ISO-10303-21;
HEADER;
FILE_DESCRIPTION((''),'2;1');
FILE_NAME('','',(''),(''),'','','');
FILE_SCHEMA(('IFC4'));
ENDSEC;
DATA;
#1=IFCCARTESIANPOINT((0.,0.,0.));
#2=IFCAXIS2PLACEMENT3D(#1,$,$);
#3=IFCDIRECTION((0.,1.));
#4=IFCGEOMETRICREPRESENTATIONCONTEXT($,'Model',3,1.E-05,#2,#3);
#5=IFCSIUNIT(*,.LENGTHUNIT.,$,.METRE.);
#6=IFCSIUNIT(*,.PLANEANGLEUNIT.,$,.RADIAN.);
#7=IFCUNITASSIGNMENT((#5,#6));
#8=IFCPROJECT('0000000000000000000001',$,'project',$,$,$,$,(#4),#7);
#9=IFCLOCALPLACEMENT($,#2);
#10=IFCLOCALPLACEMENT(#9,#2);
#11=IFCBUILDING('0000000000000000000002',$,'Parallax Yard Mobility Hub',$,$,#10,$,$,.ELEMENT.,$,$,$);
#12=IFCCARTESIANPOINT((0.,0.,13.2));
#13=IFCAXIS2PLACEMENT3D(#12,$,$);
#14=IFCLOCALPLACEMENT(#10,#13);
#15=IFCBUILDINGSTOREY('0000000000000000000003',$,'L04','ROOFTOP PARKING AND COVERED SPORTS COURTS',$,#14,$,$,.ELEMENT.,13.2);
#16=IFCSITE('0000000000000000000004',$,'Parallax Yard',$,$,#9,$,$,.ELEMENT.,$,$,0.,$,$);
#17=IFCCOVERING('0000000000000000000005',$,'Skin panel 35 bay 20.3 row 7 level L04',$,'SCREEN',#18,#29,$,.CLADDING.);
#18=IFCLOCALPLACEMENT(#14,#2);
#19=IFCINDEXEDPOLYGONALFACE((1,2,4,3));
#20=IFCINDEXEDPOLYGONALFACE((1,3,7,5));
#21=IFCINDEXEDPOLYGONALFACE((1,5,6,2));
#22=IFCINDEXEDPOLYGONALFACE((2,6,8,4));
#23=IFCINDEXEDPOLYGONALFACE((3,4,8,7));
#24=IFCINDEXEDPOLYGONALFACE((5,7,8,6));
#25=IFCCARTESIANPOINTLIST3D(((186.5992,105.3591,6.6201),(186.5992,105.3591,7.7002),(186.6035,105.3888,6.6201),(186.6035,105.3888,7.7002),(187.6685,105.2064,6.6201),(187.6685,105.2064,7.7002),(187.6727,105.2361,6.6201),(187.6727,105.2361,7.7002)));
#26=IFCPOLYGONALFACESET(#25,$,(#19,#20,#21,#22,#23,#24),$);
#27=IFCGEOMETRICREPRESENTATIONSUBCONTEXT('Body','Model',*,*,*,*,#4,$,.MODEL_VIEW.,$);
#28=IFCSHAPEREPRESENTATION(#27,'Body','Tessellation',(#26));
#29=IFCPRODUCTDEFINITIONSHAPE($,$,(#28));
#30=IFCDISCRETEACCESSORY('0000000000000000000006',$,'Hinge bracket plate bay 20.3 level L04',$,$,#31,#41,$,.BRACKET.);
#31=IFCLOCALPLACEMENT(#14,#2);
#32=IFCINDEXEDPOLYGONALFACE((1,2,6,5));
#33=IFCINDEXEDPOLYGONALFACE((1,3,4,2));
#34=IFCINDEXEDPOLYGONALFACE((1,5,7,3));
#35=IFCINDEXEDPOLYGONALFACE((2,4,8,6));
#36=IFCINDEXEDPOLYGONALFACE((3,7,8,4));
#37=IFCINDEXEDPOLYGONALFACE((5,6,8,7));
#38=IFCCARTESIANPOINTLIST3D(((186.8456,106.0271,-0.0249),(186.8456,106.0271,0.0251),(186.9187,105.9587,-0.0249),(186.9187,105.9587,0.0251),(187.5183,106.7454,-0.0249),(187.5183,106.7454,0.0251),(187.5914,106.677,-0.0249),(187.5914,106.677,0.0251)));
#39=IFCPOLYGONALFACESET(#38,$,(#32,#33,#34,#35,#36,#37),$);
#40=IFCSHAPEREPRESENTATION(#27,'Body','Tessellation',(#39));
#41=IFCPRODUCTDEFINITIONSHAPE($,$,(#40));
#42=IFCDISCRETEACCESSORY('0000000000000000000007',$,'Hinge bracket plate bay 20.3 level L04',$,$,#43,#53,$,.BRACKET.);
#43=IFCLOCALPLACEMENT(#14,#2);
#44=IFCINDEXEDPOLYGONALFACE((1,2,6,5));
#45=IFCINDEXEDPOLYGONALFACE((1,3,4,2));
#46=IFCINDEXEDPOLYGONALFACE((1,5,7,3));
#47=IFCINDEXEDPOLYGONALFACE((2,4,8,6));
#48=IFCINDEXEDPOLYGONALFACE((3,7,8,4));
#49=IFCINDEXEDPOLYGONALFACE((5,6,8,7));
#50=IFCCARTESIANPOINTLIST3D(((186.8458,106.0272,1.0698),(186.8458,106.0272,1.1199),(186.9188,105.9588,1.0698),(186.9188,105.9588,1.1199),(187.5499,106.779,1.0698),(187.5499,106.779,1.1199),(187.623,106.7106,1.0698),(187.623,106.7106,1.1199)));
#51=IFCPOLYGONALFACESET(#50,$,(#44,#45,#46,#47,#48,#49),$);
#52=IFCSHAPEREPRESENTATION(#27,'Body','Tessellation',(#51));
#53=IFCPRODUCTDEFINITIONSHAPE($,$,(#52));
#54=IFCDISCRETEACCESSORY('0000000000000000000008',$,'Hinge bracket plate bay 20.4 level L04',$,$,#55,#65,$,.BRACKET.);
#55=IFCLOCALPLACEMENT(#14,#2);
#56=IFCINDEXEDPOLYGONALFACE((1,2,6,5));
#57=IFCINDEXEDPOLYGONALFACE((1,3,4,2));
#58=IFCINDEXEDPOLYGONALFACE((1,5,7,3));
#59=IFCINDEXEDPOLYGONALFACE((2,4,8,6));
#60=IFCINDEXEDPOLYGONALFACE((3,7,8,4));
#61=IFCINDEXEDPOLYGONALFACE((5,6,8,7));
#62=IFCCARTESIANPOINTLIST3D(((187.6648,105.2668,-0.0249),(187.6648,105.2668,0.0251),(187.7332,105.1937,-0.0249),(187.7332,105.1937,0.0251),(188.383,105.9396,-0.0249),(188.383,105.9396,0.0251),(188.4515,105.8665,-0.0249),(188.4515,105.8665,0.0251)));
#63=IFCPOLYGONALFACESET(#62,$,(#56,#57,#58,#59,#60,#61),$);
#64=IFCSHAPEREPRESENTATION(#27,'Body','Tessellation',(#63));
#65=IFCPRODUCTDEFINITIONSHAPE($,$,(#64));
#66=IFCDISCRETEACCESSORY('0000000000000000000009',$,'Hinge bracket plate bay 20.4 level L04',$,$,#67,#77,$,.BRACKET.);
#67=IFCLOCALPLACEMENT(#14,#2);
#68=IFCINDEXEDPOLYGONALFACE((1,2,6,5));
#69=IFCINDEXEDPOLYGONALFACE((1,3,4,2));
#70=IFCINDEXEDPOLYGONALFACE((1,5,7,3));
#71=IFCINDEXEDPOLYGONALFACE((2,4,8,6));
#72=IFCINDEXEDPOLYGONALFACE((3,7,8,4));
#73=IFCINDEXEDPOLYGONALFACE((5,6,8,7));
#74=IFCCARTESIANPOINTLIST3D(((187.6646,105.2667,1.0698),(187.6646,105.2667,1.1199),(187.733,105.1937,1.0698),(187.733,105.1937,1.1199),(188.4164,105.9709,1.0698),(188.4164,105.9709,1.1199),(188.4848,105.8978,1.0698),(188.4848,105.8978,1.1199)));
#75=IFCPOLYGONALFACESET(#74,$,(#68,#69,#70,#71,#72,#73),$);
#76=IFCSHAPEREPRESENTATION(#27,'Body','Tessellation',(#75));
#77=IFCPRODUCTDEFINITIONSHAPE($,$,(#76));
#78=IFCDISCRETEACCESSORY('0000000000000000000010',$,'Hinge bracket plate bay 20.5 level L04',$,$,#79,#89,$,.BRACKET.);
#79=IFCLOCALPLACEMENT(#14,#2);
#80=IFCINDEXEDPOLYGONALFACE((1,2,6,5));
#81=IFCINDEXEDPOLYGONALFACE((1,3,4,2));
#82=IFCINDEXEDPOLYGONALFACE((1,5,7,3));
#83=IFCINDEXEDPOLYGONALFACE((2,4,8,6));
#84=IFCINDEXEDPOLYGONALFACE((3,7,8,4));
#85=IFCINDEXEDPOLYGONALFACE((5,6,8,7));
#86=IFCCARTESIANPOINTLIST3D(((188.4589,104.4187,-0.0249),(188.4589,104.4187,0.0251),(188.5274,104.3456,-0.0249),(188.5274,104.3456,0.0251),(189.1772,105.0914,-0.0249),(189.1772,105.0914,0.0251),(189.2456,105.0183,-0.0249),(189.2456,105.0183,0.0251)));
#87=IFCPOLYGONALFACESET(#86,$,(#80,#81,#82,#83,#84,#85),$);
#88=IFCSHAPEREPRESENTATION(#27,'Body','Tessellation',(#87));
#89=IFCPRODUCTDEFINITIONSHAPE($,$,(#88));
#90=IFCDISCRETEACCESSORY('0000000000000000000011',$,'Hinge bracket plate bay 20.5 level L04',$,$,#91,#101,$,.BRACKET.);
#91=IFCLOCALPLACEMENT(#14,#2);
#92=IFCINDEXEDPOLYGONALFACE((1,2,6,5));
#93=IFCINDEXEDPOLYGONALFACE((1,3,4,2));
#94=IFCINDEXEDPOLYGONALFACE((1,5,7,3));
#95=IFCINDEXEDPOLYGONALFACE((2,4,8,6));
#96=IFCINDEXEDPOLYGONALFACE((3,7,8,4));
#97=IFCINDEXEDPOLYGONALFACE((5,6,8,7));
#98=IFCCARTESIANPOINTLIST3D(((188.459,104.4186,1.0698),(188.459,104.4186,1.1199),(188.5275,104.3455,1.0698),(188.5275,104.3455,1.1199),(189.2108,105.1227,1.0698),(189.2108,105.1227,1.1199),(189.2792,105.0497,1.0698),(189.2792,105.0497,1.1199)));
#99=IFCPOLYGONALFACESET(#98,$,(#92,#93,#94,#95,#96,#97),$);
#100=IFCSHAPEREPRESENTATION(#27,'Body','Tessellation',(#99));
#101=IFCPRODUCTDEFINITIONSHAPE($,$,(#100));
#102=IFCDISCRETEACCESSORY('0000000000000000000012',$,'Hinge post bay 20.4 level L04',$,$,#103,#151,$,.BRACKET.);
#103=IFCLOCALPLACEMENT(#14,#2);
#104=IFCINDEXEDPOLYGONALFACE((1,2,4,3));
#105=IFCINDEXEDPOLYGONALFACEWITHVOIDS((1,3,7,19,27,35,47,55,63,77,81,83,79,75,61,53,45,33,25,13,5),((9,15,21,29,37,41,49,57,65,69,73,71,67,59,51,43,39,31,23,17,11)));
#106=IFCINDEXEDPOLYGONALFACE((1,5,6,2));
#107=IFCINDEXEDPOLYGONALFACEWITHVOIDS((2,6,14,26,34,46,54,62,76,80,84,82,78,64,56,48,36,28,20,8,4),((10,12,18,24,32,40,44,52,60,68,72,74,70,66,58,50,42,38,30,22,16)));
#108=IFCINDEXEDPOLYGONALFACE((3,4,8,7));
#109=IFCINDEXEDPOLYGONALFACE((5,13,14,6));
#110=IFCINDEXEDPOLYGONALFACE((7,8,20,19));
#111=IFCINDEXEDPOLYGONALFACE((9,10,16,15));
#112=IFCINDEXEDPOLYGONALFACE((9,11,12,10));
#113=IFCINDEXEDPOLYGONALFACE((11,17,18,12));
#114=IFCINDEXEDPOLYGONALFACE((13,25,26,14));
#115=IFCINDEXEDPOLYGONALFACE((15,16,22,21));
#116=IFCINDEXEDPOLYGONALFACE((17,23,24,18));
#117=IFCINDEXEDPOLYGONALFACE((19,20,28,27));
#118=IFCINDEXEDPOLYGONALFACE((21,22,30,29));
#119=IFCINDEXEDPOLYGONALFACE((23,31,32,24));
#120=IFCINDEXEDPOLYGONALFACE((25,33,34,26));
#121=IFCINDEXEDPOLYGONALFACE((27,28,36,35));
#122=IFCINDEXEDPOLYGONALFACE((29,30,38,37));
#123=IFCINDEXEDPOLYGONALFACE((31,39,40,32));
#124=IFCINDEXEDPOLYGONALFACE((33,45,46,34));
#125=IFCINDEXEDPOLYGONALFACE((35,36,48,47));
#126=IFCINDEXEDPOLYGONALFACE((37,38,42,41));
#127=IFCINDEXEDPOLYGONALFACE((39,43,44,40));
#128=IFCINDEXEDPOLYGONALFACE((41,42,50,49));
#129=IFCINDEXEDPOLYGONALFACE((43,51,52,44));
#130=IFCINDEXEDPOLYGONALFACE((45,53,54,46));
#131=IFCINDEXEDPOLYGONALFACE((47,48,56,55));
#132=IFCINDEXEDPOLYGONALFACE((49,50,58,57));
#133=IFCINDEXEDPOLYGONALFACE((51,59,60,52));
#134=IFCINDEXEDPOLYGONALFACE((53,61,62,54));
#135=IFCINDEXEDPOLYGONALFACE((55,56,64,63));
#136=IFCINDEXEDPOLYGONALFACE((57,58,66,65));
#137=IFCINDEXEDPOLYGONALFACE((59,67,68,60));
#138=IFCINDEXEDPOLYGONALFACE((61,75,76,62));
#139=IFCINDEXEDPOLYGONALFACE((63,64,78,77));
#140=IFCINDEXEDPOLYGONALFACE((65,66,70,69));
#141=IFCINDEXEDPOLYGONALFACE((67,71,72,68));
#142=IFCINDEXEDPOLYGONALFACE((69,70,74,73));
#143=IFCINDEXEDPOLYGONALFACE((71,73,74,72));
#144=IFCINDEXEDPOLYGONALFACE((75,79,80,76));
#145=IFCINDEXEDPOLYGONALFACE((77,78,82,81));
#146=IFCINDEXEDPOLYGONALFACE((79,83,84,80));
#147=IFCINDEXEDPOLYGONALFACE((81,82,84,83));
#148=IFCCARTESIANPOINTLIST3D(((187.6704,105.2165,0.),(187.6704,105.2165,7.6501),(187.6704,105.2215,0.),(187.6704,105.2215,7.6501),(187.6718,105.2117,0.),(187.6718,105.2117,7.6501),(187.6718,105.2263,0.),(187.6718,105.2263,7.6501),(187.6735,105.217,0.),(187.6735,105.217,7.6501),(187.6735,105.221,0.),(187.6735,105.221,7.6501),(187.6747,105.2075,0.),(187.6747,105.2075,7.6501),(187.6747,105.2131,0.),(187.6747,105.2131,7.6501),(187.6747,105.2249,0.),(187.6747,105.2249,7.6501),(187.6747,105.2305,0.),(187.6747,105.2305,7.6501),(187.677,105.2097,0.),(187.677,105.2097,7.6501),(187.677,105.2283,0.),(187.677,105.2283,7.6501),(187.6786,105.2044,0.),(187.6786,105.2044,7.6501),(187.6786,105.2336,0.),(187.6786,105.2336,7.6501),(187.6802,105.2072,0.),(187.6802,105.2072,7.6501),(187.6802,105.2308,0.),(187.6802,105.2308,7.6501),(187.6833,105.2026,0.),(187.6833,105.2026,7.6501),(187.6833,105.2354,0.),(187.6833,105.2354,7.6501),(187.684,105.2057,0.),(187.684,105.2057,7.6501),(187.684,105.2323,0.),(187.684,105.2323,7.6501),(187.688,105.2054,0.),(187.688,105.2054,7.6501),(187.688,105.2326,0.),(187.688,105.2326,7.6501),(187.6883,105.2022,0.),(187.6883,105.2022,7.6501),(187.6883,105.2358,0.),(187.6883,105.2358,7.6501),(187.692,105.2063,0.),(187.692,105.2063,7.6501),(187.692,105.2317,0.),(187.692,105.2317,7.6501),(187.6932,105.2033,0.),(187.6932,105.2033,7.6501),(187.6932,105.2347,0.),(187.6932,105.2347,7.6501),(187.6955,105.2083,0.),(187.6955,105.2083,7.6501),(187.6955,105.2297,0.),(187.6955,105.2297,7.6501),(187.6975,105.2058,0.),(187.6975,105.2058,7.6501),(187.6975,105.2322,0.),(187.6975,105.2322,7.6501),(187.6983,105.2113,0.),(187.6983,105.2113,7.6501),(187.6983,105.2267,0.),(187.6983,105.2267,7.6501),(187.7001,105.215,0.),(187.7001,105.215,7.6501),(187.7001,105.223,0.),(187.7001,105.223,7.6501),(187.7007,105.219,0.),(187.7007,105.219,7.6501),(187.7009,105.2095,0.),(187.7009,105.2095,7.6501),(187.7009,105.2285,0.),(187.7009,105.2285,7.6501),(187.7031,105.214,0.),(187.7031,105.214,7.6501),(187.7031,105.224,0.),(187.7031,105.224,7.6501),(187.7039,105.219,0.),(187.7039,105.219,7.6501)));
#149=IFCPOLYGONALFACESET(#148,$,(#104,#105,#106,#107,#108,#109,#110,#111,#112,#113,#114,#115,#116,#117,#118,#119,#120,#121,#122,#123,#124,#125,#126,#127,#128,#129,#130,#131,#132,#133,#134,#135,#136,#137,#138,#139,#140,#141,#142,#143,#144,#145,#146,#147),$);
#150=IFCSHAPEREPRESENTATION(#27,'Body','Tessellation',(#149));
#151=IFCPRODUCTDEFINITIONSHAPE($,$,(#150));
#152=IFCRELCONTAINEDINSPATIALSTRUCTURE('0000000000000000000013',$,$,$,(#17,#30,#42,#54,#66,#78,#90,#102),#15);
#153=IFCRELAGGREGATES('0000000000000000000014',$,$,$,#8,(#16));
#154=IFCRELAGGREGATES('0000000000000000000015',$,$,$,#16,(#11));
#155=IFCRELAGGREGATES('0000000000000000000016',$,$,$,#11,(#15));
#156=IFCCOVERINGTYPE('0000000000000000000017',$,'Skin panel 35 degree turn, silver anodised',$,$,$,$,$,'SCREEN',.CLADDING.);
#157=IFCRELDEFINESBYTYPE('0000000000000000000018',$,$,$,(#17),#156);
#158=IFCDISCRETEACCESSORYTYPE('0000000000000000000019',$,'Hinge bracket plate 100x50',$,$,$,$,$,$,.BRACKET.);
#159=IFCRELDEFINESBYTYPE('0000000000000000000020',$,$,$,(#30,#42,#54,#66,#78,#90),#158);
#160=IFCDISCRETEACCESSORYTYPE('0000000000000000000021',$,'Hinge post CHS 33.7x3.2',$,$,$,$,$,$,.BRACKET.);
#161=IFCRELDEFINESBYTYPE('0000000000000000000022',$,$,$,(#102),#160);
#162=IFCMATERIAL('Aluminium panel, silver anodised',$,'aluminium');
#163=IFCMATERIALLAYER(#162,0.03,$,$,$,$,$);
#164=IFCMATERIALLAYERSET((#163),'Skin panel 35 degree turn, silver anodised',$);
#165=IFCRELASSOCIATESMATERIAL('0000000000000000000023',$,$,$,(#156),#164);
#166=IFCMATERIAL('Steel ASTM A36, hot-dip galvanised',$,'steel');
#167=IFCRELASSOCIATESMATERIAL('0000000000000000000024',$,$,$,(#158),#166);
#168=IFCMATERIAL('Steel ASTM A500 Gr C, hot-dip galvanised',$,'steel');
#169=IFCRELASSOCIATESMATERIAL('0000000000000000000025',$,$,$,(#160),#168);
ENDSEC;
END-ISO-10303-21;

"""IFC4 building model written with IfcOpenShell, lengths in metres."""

from ifc_helpers import new_model, si_unit, direction, frame, origin, origin_2d, place, context, subcontext, project, spatial, rectangle, hollow_circle, extrude, material, layer, layer_set, material_profile, profile_set, type_object, element, save


model = new_model("IFC4")

# Units and contexts
model_context = context("Model", 3, precision=1e-05, world=origin(), true_north=direction((0.0, 1.0)))
body_context = subcontext(model_context, "Body", "Model", "MODEL_VIEW")
ifc_project = project(units=[si_unit("LENGTHUNIT", "METRE"), si_unit("PLANEANGLEUNIT", "RADIAN")], contexts=[model_context])

# Site, building, storey
site_placement = place(None, origin())
site = spatial("IfcSite", under=ifc_project, at=site_placement, Name="Parallax Yard", CompositionType="ELEMENT", RefElevation=0.0)
building_placement = place(site_placement, origin())
building = spatial("IfcBuilding", under=site, at=building_placement, Name="Parallax Yard Mobility Hub", CompositionType="ELEMENT")
storey_placement = place(building_placement, frame((0.0, 0.0, 13.2)))
storey = spatial("IfcBuildingStorey", under=building, at=storey_placement, Name="L04", Description="ROOFTOP PARKING AND COVERED SPORTS COURTS", CompositionType="ELEMENT", Elevation=13.2)

# Covering
ifc_material_1 = material(Name="Aluminium panel, silver anodised", Category="aluminium")
ifc_layer_1 = layer(ifc_material_1, 0.03)
ifc_layer_set_1 = layer_set([ifc_layer_1], Name="Skin panel 35 degree turn, silver anodised")
covering_type_1 = type_object("IfcCoveringType", Name="Skin panel 35 degree turn, silver anodised", ElementType="SCREEN", PredefinedType="CLADDING", material=ifc_layer_set_1)
for number, where, z_axis, x_axis, name in (
    (1, (187.136, 105.2976, 6.6201), (0.0, 0.0, 1.0), (-0.989962, 0.141333, 0.0), "Skin panel 35 bay 20.3 row 7 level L04"),
):
    element("IfcCovering", number, at=place(storey_placement, frame(where, z_axis=z_axis, x_axis=x_axis)), inside=storey, type_object=covering_type_1, Name=name, ObjectType="SCREEN", PredefinedType="CLADDING", context=body_context, shape_type="SweptSolid", body=[
        extrude(rectangle(XDim=1.0801, YDim=0.03, at=origin_2d()), origin(), (0.0, 0.0, 1.0), 1.0801),
    ])

# Discrete accessories
ifc_material_2 = material(Name="Steel ASTM A36, hot-dip galvanised", Category="steel")
discrete_accessory_type_1 = type_object("IfcDiscreteAccessoryType", Name="Hinge bracket plate 100x50", PredefinedType="BRACKET", material=ifc_material_2)
discrete_accessory_1_placement = place(storey_placement, frame((187.2185, 106.3521, -0.0249), z_axis=(0.0, 0.0, 1.0), x_axis=(-0.683592, -0.729864, 0.0)))
element("IfcDiscreteAccessory", 2, at=discrete_accessory_1_placement, inside=storey, type_object=discrete_accessory_type_1, Name="Hinge bracket plate bay 20.3 level L04", PredefinedType="BRACKET", context=body_context, shape_type="SweptSolid", body=[
    extrude(rectangle(XDim=0.9841, YDim=0.1001, at=origin_2d()), origin(), (0.0, 0.0, 1.0), 0.05),
])
discrete_accessory_2_placement = place(storey_placement, frame((187.2344, 106.3689, 1.0698), z_axis=(0.0, 0.0, 1.0), x_axis=(-0.683592, -0.729864, 0.0)))
element("IfcDiscreteAccessory", 3, at=discrete_accessory_2_placement, inside=storey, type_object=discrete_accessory_type_1, Name="Hinge bracket plate bay 20.3 level L04", PredefinedType="BRACKET", context=body_context, shape_type="SweptSolid", body=[
    extrude(rectangle(XDim=1.03, YDim=0.1001, at=origin_2d()), origin(), (0.0, 0.0, 1.0), 0.05),
])
discrete_accessory_3_placement = place(storey_placement, frame((188.0581, 105.5667, -0.0249), z_axis=(0.0, 0.0, 1.0), x_axis=(-0.729864, -0.683592, 0.0)))
element("IfcDiscreteAccessory", 4, at=discrete_accessory_3_placement, inside=storey, type_object=discrete_accessory_type_1, Name="Hinge bracket plate bay 20.4 level L04", PredefinedType="BRACKET", context=body_context, shape_type="SweptSolid", body=[
    extrude(rectangle(XDim=0.9841, YDim=0.1001, at=origin_2d()), origin(), (0.0, 0.0, 1.0), 0.05),
])
discrete_accessory_4_placement = place(storey_placement, frame((188.0747, 105.5823, 1.0698), z_axis=(0.0, 0.0, 1.0), x_axis=(-0.729864, -0.683592, 0.0)))
element("IfcDiscreteAccessory", 5, at=discrete_accessory_4_placement, inside=storey, type_object=discrete_accessory_type_1, Name="Hinge bracket plate bay 20.4 level L04", PredefinedType="BRACKET", context=body_context, shape_type="SweptSolid", body=[
    extrude(rectangle(XDim=1.03, YDim=0.1001, at=origin_2d()), origin(), (0.0, 0.0, 1.0), 0.05),
])
discrete_accessory_5_placement = place(storey_placement, frame((188.8523, 104.7185, -0.0249), z_axis=(0.0, 0.0, 1.0), x_axis=(-0.729864, -0.683592, 0.0)))
element("IfcDiscreteAccessory", 6, at=discrete_accessory_5_placement, inside=storey, type_object=discrete_accessory_type_1, Name="Hinge bracket plate bay 20.5 level L04", PredefinedType="BRACKET", context=body_context, shape_type="SweptSolid", body=[
    extrude(rectangle(XDim=0.9841, YDim=0.1001, at=origin_2d()), origin(), (0.0, 0.0, 1.0), 0.05),
])
discrete_accessory_6_placement = place(storey_placement, frame((188.8691, 104.7341, 1.0698), z_axis=(0.0, 0.0, 1.0), x_axis=(-0.729864, -0.683592, 0.0)))
element("IfcDiscreteAccessory", 7, at=discrete_accessory_6_placement, inside=storey, type_object=discrete_accessory_type_1, Name="Hinge bracket plate bay 20.5 level L04", PredefinedType="BRACKET", context=body_context, shape_type="SweptSolid", body=[
    extrude(rectangle(XDim=1.03, YDim=0.1001, at=origin_2d()), origin(), (0.0, 0.0, 1.0), 0.05),
])
ifc_material_3 = material(Name="Steel ASTM A500 Gr C, hot-dip galvanised", Category="steel")
ifc_material_profile_1 = material_profile(ifc_material_3, hollow_circle(Radius=0.0168, WallThickness=0.0032, at=origin_2d()), Name="CHS 33.7x3.2")
ifc_profile_set_1 = profile_set([ifc_material_profile_1], Name="Steel ASTM A500 Gr C, hot-dip galvanised")
discrete_accessory_type_2 = type_object("IfcDiscreteAccessoryType", Name="Hinge post CHS 33.7x3.2", PredefinedType="BRACKET", material=ifc_profile_set_1)
discrete_accessory_7_placement = place(storey_placement, frame((187.687, 105.219, 0.0), z_axis=(0.0, 0.0, 1.0), x_axis=(1.0, 0.0, 0.0)))
element("IfcDiscreteAccessory", 8, at=discrete_accessory_7_placement, inside=storey, type_object=discrete_accessory_type_2, Name="Hinge post bay 20.4 level L04", PredefinedType="BRACKET", context=body_context, shape_type="SweptSolid", body=[
    extrude(hollow_circle(Radius=0.0168, WallThickness=0.0032, at=origin_2d()), origin(), (0.0, 0.0, 1.0), 7.6501),
])

save(model, "model.ifc")
